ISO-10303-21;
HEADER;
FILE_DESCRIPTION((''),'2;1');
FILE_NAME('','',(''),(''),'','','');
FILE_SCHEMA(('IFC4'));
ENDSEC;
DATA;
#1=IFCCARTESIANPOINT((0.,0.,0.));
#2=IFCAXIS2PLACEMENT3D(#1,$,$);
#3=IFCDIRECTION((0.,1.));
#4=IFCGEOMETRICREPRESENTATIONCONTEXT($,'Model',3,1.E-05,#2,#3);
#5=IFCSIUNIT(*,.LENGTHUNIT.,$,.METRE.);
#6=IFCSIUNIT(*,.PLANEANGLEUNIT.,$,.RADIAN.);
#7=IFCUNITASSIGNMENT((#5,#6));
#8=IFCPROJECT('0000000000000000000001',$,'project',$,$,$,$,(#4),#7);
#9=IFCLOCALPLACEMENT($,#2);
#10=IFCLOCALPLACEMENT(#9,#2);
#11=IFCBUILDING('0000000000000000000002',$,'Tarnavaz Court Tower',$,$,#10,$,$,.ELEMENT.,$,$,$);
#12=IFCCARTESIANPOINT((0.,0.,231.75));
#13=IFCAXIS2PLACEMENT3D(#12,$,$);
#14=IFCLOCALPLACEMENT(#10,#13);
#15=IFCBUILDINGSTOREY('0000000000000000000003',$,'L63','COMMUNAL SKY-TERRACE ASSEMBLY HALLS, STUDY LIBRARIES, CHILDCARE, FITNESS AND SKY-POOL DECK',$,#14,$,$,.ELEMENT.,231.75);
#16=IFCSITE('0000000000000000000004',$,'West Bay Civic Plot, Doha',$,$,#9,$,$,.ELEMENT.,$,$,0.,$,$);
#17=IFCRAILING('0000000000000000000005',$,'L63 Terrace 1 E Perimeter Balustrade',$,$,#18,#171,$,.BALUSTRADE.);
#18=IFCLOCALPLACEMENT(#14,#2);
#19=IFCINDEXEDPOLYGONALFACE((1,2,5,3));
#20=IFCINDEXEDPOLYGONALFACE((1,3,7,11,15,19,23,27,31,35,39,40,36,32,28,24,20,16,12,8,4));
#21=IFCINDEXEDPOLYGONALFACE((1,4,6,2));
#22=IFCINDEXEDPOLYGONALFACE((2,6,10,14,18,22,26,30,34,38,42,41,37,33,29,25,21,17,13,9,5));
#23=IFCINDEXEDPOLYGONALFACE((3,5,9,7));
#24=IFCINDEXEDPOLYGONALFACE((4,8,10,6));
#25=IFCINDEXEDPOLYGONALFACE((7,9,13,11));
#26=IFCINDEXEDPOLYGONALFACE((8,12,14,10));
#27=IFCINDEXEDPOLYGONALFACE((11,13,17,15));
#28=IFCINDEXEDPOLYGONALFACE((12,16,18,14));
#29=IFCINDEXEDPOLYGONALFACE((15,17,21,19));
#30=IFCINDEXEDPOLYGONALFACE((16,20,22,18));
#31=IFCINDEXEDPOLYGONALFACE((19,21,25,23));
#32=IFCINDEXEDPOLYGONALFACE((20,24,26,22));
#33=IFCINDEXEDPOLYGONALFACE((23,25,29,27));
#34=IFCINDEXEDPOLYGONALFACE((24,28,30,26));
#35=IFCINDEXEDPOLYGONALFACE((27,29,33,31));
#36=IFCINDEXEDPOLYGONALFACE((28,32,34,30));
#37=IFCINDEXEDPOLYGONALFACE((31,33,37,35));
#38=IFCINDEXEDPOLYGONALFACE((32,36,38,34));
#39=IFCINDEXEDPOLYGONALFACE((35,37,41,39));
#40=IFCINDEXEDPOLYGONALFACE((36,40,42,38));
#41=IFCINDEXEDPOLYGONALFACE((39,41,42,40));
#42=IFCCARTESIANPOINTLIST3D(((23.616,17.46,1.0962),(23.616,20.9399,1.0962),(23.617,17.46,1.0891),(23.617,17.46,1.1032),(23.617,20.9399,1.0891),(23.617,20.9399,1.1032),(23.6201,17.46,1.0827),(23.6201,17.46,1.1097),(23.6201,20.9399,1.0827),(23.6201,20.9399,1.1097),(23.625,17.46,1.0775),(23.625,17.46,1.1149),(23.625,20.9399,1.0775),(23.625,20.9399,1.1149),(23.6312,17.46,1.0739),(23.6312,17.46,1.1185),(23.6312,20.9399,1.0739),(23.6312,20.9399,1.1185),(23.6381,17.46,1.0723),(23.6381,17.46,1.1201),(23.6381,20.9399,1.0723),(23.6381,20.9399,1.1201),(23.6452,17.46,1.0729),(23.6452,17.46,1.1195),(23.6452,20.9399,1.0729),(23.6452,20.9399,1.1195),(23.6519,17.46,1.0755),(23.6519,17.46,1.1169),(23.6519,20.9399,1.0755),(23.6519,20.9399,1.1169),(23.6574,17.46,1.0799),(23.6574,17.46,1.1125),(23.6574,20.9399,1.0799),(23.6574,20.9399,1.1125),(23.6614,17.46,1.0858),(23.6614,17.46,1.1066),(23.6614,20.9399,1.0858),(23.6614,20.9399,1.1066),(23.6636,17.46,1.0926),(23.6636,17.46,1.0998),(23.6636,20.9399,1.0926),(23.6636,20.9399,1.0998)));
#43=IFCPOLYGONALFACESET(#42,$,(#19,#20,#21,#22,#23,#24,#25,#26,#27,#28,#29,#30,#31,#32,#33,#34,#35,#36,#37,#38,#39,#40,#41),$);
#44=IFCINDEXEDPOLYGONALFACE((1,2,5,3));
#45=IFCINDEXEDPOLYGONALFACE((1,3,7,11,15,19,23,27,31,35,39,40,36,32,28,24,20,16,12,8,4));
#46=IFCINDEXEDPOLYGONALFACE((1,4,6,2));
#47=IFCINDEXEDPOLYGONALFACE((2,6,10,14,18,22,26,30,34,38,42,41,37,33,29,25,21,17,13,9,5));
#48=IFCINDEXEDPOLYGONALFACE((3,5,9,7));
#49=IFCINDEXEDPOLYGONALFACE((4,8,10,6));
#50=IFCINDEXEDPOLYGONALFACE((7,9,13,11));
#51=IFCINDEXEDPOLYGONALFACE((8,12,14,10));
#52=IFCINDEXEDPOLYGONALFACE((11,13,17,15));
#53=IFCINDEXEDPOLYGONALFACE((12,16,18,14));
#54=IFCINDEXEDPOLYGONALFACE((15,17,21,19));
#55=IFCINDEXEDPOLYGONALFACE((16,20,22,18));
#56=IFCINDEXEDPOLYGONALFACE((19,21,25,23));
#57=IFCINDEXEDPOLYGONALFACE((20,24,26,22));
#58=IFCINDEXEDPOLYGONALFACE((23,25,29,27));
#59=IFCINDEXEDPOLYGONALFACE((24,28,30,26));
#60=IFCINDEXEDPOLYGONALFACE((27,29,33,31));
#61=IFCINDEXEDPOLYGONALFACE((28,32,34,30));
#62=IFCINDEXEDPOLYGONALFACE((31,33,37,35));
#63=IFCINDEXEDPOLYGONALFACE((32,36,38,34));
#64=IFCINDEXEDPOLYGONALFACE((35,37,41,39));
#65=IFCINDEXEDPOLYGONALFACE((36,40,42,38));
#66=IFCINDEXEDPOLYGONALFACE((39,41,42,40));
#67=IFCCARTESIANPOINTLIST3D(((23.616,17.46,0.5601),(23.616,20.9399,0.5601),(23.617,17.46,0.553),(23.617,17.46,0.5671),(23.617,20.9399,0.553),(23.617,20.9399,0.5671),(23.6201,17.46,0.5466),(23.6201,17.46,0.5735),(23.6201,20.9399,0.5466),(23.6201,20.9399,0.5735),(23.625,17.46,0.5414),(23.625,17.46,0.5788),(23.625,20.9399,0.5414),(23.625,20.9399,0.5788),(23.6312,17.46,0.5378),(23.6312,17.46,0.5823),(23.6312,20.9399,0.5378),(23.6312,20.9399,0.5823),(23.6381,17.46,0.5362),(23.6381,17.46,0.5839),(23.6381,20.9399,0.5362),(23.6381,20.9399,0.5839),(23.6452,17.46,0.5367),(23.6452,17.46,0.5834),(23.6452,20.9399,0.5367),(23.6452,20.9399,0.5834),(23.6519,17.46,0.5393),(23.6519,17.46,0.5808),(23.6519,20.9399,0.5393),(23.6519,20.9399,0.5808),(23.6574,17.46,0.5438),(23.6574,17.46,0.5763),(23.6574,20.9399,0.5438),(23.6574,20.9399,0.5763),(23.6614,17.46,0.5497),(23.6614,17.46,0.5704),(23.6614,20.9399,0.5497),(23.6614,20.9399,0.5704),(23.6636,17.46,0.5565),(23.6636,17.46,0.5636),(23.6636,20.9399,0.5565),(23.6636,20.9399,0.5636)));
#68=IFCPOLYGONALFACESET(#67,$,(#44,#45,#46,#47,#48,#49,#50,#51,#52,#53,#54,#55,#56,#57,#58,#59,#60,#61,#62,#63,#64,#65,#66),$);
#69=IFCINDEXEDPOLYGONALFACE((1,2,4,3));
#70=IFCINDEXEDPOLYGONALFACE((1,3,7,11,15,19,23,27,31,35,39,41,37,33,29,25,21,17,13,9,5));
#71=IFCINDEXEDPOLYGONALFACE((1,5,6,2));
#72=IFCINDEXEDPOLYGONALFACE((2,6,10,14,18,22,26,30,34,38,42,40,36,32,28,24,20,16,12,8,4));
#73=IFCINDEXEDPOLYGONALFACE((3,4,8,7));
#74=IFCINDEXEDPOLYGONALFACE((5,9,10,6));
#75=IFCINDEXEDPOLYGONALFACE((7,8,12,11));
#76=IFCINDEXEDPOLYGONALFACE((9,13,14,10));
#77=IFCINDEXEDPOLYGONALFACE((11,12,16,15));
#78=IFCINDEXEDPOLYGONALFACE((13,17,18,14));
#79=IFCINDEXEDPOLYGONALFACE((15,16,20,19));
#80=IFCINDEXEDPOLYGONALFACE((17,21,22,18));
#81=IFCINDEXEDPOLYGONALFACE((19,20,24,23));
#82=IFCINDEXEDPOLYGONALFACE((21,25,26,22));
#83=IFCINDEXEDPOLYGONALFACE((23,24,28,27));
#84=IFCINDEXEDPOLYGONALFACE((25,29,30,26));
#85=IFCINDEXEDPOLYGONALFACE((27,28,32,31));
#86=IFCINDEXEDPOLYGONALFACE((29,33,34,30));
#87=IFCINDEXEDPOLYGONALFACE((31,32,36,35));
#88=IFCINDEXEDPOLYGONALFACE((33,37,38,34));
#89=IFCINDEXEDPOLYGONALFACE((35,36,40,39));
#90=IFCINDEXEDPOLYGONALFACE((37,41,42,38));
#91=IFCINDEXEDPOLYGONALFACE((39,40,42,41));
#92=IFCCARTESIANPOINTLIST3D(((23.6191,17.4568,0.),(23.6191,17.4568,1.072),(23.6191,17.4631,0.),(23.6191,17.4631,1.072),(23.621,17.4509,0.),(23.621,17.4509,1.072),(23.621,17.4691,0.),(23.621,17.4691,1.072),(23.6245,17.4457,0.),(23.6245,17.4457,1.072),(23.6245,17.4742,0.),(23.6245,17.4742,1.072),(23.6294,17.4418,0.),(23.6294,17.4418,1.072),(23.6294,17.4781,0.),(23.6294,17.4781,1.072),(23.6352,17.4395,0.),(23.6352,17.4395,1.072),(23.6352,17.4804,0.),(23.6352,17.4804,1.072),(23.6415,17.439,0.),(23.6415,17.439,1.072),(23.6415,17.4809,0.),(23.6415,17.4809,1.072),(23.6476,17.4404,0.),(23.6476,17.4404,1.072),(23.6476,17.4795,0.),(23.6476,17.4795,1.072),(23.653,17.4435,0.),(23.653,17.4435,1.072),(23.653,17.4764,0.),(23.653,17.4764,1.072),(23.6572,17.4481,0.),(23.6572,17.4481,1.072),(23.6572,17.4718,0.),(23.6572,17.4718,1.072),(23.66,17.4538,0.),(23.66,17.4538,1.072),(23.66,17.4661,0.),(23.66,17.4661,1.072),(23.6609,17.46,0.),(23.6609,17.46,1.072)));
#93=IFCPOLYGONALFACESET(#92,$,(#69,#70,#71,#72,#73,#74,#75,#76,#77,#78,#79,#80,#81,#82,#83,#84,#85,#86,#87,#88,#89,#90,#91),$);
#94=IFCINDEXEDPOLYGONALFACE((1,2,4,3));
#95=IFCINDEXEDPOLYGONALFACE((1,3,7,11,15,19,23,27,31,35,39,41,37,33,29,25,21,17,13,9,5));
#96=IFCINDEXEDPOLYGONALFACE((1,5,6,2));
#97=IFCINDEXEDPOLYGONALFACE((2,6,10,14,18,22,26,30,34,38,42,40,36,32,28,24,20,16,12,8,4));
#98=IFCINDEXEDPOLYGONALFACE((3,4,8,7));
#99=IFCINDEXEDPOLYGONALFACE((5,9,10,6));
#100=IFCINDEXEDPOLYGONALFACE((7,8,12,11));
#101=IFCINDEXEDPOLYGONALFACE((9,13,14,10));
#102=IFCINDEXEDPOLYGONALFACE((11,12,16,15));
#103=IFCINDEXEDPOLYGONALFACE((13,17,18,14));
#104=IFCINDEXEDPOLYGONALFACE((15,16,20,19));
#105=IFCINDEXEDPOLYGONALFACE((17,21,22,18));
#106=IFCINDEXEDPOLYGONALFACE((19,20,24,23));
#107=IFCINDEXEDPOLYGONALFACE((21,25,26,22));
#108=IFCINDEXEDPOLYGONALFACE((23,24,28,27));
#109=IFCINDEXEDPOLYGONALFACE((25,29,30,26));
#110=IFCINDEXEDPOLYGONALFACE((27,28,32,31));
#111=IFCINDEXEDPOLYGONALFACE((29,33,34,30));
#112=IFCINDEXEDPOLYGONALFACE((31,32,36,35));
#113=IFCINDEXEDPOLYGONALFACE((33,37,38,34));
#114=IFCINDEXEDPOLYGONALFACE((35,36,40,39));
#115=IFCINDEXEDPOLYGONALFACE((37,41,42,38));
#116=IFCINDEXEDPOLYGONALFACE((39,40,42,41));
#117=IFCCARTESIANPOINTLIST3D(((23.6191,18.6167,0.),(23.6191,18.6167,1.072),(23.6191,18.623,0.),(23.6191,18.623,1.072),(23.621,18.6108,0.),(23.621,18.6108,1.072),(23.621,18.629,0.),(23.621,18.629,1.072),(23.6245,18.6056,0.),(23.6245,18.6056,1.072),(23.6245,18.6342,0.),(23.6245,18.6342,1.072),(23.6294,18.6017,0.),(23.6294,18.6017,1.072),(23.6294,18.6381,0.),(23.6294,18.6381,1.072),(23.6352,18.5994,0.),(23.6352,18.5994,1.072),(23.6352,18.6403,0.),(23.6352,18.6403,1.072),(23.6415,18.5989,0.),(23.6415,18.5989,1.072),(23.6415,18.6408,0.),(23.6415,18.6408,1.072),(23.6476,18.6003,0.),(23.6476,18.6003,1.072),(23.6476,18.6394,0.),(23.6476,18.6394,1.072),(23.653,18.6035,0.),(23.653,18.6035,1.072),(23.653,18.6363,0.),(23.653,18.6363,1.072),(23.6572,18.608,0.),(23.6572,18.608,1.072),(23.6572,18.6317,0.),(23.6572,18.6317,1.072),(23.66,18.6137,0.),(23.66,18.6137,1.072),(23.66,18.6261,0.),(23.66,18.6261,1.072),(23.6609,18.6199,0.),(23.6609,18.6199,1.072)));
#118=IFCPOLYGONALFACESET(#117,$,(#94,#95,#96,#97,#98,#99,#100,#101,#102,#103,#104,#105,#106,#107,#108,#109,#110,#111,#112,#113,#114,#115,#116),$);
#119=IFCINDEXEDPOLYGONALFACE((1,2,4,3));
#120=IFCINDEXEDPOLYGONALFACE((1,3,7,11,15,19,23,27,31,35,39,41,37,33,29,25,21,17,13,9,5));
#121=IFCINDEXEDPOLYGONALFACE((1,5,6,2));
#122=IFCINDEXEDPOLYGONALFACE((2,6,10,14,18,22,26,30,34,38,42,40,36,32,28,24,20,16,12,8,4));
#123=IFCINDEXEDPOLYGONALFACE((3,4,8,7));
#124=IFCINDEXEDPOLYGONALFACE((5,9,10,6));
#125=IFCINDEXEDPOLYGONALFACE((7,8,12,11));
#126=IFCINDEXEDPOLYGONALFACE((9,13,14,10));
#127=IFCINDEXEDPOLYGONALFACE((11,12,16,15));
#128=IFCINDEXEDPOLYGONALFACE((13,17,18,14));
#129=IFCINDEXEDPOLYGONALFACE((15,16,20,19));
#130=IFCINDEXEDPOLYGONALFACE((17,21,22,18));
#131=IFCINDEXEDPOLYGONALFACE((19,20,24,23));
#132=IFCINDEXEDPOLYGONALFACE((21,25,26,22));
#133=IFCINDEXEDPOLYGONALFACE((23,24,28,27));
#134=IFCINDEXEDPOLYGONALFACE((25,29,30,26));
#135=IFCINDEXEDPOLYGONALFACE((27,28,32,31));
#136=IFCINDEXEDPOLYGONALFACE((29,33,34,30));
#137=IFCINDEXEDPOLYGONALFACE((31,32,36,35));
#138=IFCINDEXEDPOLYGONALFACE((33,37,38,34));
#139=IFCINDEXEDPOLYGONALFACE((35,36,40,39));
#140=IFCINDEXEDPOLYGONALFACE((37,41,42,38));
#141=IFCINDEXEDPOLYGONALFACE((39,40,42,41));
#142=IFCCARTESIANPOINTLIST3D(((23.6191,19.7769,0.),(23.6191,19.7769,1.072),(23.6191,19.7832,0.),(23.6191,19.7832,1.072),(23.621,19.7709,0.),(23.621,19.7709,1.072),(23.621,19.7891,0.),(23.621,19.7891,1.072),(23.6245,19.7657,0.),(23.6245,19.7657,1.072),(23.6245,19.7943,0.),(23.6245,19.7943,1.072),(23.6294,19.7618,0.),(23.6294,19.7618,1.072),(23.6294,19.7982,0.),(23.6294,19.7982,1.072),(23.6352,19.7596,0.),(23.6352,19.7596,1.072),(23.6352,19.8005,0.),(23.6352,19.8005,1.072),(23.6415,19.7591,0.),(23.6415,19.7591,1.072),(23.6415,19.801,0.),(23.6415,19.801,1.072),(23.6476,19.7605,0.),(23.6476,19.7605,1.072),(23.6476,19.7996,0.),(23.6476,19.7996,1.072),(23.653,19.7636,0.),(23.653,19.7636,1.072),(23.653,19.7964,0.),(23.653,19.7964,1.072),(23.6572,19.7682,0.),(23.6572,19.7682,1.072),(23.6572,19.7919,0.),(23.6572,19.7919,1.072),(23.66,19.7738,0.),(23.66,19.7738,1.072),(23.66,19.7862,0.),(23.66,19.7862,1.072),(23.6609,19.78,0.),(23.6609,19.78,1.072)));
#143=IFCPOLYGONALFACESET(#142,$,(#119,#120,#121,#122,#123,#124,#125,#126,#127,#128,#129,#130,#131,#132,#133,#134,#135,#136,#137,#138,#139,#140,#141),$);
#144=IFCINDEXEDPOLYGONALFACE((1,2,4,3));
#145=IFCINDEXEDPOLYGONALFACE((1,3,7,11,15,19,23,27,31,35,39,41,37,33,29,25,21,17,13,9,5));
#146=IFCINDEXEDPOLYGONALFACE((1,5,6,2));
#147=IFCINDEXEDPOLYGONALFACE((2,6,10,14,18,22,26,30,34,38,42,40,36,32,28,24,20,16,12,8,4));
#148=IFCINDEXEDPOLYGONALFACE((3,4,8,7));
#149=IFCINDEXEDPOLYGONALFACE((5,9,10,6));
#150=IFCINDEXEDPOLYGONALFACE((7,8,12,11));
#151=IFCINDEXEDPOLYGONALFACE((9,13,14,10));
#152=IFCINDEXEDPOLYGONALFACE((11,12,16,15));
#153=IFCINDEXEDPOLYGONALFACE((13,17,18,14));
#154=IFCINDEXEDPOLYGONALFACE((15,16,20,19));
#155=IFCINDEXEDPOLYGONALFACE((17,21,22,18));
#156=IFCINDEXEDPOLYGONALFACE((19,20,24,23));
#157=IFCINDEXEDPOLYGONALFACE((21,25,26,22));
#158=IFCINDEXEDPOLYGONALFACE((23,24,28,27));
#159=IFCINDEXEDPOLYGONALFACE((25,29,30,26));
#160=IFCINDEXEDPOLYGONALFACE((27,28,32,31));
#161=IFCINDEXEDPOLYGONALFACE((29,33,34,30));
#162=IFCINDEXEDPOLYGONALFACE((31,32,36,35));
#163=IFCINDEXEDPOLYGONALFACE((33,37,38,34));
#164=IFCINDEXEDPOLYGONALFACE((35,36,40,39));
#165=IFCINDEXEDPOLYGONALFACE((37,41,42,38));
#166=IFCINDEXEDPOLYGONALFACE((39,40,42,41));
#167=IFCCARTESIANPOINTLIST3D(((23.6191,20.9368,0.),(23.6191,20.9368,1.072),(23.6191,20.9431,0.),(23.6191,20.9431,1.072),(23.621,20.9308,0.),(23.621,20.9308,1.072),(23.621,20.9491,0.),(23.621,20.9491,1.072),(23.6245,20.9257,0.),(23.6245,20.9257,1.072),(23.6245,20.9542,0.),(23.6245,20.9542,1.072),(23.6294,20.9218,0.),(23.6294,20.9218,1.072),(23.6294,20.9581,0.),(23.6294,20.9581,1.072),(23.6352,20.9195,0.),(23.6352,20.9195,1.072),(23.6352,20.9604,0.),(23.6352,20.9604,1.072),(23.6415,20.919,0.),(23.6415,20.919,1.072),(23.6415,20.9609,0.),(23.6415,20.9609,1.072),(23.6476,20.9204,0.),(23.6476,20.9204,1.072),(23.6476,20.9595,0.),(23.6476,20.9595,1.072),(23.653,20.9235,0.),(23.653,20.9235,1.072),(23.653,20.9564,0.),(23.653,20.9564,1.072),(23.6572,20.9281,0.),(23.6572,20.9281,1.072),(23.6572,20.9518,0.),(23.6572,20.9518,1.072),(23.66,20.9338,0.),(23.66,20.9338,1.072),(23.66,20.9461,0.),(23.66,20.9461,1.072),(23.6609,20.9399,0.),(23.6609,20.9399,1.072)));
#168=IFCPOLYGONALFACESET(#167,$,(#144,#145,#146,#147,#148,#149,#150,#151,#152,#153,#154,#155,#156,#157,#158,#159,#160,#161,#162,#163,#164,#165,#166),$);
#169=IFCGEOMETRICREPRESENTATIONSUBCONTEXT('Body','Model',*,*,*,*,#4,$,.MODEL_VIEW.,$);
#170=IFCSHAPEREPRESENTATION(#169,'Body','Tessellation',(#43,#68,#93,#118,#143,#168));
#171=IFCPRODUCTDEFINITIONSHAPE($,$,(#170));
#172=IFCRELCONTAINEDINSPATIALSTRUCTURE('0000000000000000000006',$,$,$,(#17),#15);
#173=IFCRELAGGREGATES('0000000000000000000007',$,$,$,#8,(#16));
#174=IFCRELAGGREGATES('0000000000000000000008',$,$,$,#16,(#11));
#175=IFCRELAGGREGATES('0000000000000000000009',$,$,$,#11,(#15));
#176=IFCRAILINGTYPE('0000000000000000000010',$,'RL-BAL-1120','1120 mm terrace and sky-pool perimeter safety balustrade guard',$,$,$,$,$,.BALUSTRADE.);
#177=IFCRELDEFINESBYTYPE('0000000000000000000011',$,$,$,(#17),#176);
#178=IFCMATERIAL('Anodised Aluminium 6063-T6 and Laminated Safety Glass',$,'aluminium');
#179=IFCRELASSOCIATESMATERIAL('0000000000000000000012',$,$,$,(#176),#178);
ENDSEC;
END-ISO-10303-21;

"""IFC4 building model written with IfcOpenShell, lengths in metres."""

from ifc_helpers import new_model, si_unit, direction, frame, origin, origin_2d, place, context, subcontext, project, spatial, circle, extrude, material, type_object, element, save


model = new_model("IFC4")

# Units and contexts
model_context = context("Model", 3, precision=1e-05, world=origin(), true_north=direction((0.0, 1.0)))
body_context = subcontext(model_context, "Body", "Model", "MODEL_VIEW")
ifc_project = project(units=[si_unit("LENGTHUNIT", "METRE"), si_unit("PLANEANGLEUNIT", "RADIAN")], contexts=[model_context])

# Site, building, storey
site_placement = place(None, origin())
site = spatial("IfcSite", under=ifc_project, at=site_placement, Name="West Bay Civic Plot, Doha", CompositionType="ELEMENT", RefElevation=0.0)
building_placement = place(site_placement, origin())
building = spatial("IfcBuilding", under=site, at=building_placement, Name="Tarnavaz Court Tower", CompositionType="ELEMENT")
storey_placement = place(building_placement, frame((0.0, 0.0, 231.75)))
storey = spatial("IfcBuildingStorey", under=building, at=storey_placement, Name="L63", Description="COMMUNAL SKY-TERRACE ASSEMBLY HALLS, STUDY LIBRARIES, CHILDCARE, FITNESS AND SKY-POOL DECK", CompositionType="ELEMENT", Elevation=231.75)

# Railing
ifc_material_1 = material(Name="Anodised Aluminium 6063-T6 and Laminated Safety Glass", Category="aluminium")
railing_type = type_object("IfcRailingType", Name="RL-BAL-1120", Description="1120 mm terrace and sky-pool perimeter safety balustrade guard", PredefinedType="BALUSTRADE", material=ifc_material_1)
railing_1_placement = place(storey_placement, frame((23.6399, 17.46, 0.0)))
element("IfcRailing", 1, at=railing_1_placement, inside=storey, type_object=railing_type, Name="L63 Terrace 1 E Perimeter Balustrade", PredefinedType="BALUSTRADE", context=body_context, shape_type="SweptSolid", body=[
    extrude(circle(Radius=0.0239, at=origin_2d()), frame((0.0, 0.0, 1.0962), z_axis=(0.0, 1.0, 0.0), x_axis=(-1.0, 0.0, 0.0)), (0.0, 0.0, 1.0), 3.48),
    extrude(circle(Radius=0.0239, at=origin_2d()), frame((0.0, 0.0, 0.5601), z_axis=(0.0, 1.0, 0.0), x_axis=(-1.0, 0.0, 0.0)), (0.0, 0.0, 1.0), 3.48),
    extrude(circle(Radius=0.021, at=origin_2d()), origin(), (0.0, 0.0, 1.0), 1.072),
    extrude(circle(Radius=0.021, at=origin_2d()), frame((0.0, 1.1599, 0.0)), (0.0, 0.0, 1.0), 1.072),
    extrude(circle(Radius=0.021, at=origin_2d()), frame((0.0, 2.3201, 0.0)), (0.0, 0.0, 1.0), 1.072),
    extrude(circle(Radius=0.021, at=origin_2d()), frame((0.0, 3.48, 0.0)), (0.0, 0.0, 1.0), 1.072),
])

save(model, "model.ifc")
